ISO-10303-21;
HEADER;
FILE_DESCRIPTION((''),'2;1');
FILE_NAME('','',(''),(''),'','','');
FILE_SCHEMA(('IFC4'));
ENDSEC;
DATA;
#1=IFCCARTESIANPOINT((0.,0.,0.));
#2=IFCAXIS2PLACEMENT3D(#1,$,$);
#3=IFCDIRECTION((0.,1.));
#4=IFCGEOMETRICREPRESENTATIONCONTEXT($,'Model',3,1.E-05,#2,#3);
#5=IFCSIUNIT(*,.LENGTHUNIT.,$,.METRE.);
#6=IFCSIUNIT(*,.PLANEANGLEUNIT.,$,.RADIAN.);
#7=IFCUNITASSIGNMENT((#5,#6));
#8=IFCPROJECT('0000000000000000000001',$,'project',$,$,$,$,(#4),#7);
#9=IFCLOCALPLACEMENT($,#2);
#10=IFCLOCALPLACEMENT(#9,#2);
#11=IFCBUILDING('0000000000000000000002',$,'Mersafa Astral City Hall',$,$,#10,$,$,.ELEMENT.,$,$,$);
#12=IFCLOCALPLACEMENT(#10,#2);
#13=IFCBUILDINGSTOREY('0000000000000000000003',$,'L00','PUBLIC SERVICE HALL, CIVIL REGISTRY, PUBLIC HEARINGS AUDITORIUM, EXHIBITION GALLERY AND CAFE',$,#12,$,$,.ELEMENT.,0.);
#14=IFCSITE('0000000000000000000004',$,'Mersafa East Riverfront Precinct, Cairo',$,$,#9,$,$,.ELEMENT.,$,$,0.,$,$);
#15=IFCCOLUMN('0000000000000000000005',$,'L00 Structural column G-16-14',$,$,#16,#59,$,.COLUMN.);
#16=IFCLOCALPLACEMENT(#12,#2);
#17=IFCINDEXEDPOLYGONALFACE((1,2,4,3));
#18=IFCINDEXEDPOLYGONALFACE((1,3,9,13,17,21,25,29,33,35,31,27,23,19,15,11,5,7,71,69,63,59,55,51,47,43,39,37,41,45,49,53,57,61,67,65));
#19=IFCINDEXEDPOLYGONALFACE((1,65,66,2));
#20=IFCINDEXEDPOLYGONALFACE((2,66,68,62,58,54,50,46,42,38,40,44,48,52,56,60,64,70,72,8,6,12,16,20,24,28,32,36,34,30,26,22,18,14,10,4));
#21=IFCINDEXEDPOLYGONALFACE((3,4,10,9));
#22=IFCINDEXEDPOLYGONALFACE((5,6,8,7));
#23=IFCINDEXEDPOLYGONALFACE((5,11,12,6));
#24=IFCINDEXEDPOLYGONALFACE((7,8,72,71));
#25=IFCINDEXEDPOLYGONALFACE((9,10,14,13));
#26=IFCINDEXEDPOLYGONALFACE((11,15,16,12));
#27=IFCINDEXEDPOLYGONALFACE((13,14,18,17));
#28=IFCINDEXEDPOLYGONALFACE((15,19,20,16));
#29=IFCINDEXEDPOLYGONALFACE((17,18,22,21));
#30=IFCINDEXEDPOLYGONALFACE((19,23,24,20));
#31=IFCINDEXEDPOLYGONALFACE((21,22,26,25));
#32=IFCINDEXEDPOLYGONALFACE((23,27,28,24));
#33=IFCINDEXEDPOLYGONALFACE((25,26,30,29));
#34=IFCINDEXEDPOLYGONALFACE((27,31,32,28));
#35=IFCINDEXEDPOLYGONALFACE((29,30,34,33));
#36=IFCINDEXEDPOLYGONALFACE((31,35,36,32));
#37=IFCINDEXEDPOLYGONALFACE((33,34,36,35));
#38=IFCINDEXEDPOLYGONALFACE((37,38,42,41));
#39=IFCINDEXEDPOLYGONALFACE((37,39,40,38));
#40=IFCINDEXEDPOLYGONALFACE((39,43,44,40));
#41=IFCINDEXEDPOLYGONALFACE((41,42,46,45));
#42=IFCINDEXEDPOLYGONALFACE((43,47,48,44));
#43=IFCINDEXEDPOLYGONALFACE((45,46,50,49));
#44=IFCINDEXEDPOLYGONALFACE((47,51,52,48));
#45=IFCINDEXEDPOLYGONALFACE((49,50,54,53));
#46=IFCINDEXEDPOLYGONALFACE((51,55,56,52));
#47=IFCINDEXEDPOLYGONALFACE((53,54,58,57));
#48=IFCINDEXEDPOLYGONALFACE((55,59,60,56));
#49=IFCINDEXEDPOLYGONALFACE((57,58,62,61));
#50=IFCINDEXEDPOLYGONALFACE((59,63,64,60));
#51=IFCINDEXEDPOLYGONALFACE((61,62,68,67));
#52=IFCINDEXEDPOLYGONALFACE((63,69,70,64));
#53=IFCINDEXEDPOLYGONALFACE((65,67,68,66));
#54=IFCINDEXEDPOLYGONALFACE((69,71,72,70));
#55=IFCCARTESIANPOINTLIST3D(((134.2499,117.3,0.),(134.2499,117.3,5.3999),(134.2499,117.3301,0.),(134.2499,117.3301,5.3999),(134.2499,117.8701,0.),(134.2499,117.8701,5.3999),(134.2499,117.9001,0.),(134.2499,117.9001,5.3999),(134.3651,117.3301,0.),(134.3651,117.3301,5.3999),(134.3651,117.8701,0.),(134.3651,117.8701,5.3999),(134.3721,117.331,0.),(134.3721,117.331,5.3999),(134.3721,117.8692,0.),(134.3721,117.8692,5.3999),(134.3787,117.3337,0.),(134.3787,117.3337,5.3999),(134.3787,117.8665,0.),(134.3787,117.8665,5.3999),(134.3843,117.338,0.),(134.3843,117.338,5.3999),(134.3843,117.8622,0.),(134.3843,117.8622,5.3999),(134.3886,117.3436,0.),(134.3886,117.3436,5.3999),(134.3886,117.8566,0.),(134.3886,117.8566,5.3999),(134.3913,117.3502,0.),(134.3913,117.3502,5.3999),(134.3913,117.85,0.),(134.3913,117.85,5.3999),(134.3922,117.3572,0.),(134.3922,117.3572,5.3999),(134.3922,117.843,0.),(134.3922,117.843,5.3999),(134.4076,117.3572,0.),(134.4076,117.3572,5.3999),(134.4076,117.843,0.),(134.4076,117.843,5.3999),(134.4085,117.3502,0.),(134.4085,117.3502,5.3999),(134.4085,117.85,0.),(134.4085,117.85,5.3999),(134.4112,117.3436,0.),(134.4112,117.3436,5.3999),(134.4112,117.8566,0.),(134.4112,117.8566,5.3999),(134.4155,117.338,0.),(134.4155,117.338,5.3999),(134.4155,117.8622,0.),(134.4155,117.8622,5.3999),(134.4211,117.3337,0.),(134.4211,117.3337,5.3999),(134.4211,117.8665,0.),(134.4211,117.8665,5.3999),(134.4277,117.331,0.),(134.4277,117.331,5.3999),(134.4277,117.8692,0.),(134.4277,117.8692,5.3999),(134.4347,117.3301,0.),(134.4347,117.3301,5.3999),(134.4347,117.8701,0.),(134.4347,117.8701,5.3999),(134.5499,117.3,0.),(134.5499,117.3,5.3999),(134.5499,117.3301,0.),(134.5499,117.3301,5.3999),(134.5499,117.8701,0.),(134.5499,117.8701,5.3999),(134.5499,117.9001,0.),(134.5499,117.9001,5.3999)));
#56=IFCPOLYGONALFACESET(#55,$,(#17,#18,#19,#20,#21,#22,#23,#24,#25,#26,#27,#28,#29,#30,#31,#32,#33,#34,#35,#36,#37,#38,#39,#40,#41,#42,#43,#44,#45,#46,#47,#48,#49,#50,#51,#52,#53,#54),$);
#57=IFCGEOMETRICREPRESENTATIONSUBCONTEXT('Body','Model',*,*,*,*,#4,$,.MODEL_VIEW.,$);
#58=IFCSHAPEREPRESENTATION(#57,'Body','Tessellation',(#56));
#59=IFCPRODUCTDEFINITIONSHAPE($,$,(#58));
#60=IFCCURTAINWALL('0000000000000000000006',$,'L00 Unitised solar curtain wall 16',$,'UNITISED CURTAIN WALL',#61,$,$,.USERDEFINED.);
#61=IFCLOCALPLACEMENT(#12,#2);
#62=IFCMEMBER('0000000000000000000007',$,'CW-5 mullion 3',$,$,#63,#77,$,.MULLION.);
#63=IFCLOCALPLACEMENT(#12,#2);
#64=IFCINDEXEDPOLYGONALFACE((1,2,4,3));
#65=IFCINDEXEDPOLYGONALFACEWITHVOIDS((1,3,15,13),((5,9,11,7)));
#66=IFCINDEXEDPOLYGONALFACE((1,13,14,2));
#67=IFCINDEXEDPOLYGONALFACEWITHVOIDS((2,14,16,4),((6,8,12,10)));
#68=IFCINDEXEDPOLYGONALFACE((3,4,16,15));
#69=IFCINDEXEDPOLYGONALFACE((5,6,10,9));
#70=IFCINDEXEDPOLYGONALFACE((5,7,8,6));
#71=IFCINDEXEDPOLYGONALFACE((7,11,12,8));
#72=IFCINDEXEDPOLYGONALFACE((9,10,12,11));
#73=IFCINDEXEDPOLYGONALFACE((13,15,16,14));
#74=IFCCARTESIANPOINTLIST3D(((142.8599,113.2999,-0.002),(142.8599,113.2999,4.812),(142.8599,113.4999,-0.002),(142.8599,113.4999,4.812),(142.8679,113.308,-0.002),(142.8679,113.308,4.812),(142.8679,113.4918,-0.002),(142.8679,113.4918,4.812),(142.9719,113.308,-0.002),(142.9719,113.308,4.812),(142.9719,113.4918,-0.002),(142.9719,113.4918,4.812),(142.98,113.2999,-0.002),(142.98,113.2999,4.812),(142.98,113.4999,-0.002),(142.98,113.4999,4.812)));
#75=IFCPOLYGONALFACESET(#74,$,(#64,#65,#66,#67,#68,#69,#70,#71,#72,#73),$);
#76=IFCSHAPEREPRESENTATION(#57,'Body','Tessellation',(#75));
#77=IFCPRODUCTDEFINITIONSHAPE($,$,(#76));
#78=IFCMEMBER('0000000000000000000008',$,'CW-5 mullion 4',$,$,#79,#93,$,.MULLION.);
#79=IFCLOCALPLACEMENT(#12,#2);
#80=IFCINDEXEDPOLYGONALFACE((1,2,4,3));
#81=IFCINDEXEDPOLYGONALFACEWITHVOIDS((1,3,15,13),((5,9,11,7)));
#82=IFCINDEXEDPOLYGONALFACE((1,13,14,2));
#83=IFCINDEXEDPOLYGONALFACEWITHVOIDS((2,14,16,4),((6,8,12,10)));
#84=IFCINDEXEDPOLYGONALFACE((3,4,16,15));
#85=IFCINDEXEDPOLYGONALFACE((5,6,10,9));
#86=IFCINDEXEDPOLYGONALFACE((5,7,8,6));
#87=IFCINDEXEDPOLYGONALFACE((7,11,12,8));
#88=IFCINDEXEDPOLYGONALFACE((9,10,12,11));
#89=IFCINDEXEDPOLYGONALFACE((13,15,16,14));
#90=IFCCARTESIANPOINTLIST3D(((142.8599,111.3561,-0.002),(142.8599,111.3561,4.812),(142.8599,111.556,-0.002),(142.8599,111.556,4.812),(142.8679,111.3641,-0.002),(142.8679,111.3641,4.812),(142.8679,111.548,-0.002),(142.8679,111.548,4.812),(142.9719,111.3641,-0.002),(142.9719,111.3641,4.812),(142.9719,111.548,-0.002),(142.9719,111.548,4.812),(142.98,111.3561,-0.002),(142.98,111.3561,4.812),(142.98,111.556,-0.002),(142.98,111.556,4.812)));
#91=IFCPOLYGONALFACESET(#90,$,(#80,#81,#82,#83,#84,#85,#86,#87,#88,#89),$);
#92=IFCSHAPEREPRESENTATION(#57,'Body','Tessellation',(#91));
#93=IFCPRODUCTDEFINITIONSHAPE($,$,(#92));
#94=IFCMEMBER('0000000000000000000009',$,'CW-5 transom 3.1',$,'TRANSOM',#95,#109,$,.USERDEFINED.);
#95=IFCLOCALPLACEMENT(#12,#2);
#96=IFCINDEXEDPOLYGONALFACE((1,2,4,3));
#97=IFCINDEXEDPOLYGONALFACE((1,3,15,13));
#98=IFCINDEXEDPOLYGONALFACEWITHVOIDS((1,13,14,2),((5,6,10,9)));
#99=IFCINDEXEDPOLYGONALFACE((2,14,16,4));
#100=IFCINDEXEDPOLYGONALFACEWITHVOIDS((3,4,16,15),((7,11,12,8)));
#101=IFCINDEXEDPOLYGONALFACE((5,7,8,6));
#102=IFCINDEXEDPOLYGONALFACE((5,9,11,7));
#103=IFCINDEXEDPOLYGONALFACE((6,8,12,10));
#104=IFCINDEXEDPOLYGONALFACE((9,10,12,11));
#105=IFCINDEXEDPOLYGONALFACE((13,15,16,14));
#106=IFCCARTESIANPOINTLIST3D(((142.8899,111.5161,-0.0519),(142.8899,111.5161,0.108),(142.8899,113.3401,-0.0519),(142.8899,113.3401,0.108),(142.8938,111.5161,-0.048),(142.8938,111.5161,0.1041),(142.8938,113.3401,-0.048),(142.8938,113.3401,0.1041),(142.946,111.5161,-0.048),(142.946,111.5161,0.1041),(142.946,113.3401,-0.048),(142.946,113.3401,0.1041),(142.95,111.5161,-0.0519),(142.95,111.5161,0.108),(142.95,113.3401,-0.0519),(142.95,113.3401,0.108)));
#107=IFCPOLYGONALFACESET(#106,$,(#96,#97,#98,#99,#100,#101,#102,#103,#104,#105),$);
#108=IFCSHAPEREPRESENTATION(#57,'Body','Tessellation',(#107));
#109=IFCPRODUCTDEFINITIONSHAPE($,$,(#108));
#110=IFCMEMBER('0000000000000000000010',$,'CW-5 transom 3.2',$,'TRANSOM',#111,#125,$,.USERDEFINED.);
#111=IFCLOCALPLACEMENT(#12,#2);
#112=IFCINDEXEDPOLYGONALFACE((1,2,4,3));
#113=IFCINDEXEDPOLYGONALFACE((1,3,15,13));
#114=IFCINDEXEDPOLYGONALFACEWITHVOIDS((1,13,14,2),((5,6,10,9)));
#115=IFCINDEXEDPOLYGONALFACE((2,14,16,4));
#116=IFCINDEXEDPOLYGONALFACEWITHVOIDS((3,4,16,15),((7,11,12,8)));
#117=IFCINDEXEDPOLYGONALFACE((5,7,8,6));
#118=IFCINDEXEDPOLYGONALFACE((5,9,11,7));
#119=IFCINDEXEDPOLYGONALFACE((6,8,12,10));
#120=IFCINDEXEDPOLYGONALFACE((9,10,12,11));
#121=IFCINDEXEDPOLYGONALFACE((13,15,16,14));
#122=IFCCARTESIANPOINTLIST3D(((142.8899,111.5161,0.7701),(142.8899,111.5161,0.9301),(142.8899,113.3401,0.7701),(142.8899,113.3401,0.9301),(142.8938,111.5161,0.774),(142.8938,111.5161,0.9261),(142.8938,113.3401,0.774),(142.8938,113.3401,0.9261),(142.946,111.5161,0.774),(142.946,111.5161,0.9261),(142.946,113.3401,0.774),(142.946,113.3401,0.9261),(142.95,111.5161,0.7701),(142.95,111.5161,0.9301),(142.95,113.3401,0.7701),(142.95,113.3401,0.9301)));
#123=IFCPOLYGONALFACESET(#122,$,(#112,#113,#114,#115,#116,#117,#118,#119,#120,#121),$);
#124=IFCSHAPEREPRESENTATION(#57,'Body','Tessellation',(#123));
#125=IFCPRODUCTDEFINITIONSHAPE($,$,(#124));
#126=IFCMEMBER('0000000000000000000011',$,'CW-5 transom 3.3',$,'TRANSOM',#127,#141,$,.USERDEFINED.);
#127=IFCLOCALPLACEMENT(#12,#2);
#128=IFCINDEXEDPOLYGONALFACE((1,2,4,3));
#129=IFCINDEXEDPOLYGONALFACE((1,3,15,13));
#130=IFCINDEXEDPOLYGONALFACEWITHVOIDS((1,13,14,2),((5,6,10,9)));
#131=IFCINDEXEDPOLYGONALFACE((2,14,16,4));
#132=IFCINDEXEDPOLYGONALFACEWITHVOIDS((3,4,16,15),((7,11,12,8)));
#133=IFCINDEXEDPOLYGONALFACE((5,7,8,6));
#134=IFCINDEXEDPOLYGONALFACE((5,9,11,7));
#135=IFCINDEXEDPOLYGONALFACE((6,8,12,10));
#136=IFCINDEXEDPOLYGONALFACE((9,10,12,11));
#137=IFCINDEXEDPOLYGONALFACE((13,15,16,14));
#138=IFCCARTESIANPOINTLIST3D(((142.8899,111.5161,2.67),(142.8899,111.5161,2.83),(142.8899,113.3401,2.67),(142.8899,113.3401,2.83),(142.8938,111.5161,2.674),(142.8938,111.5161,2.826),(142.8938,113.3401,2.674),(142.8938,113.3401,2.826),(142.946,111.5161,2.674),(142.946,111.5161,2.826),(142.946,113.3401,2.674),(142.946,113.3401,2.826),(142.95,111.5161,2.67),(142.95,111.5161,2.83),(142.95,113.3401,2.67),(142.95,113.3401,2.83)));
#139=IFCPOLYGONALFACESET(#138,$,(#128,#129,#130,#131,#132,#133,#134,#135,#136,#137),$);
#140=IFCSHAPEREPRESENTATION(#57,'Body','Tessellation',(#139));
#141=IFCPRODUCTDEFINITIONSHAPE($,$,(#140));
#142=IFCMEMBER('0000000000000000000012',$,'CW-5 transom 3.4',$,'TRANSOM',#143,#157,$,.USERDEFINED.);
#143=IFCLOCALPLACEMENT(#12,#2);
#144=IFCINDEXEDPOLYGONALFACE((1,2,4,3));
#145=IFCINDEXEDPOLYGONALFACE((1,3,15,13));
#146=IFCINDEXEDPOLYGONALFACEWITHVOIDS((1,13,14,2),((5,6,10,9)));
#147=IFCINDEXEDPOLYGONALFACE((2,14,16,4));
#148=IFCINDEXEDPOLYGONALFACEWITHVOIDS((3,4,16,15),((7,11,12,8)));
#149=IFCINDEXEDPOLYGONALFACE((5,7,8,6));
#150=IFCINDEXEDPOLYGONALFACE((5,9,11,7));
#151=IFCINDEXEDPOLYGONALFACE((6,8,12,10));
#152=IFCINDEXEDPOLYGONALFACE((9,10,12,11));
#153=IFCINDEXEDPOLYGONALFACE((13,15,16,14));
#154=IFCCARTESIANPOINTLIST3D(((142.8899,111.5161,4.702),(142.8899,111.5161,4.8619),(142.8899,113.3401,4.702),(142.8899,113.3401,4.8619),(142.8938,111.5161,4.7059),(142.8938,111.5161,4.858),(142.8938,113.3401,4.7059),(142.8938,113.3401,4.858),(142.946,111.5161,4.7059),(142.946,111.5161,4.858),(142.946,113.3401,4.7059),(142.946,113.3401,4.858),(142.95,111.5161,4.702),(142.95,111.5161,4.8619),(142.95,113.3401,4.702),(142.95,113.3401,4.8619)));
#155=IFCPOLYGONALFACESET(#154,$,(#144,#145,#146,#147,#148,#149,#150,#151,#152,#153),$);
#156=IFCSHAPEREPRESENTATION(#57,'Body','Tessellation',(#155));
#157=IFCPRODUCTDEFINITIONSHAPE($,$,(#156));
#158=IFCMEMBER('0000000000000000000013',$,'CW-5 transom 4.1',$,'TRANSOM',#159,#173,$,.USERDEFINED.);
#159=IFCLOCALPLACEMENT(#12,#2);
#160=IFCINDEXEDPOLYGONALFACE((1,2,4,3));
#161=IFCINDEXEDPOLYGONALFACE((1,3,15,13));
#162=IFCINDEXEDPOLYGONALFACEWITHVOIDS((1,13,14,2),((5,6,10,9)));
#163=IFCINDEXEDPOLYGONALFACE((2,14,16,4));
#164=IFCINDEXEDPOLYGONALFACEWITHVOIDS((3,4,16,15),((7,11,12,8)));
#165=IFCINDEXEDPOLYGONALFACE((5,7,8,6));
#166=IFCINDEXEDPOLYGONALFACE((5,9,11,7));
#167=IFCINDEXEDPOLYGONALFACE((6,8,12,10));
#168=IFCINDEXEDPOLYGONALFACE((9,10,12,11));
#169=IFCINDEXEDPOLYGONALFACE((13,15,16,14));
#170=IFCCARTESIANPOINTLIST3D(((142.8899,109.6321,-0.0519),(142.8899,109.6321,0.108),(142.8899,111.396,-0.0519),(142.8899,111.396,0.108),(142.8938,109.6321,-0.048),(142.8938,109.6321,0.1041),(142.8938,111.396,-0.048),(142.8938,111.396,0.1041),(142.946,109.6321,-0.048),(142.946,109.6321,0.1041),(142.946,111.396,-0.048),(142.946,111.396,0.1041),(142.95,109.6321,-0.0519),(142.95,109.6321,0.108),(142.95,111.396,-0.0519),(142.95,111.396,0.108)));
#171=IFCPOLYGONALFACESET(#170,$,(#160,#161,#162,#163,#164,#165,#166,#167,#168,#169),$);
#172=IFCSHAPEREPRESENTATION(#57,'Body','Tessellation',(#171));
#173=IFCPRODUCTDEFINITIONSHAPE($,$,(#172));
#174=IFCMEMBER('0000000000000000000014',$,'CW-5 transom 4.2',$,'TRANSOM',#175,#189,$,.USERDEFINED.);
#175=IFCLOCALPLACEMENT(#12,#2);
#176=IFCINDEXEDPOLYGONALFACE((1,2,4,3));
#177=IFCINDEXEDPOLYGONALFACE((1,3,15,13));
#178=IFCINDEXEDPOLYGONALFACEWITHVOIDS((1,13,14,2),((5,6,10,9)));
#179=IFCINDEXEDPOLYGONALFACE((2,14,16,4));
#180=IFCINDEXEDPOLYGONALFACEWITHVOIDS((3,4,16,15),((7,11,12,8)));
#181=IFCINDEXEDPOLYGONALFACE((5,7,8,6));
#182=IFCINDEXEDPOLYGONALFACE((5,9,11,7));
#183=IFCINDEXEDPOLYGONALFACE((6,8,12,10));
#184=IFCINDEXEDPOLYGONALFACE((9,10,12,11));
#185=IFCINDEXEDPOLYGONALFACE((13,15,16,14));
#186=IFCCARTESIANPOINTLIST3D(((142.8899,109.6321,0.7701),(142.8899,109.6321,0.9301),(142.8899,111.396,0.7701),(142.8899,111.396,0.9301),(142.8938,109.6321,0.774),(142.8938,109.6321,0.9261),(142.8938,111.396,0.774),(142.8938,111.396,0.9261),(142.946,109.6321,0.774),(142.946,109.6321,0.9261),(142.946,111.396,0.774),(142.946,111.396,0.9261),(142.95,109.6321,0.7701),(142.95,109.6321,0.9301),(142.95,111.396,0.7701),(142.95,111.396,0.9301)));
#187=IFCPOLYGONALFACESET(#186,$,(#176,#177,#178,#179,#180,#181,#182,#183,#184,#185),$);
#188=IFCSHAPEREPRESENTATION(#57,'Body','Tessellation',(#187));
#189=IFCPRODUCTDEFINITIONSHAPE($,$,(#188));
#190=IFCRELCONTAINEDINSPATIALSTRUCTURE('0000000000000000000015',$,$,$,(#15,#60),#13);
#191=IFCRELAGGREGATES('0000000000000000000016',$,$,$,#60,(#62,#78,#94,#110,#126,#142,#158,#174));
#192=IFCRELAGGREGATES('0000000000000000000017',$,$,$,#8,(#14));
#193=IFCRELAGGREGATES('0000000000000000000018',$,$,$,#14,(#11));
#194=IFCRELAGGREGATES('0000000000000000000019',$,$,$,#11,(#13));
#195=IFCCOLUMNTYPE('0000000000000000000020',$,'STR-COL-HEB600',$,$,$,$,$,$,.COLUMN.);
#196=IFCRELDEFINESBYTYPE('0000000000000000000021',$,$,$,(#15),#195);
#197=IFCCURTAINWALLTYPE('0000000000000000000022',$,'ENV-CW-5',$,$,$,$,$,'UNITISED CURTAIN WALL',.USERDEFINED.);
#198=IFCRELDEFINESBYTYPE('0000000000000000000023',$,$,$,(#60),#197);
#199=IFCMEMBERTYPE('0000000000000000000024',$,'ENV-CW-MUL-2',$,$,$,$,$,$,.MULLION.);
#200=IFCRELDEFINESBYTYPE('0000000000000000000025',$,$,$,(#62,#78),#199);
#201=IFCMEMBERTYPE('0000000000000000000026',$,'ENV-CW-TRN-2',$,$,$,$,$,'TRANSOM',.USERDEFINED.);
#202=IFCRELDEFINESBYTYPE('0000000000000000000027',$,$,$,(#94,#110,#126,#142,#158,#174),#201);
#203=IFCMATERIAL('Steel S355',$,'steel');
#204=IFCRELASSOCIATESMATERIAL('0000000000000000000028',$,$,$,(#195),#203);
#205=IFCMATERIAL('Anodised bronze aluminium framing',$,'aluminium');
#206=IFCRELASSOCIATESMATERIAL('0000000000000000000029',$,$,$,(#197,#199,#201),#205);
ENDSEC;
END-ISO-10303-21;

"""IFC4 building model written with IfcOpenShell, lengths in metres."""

from ifc_helpers import new_model, si_unit, direction, frame, origin, origin_2d, place, context, subcontext, project, spatial, hollow_rectangle, i_section, extrude, material, material_profile, profile_set, type_object, element, aggregate, save


model = new_model("IFC4")

# Units and contexts
model_context = context("Model", 3, precision=1e-05, world=origin(), true_north=direction((0.0, 1.0)))
body_context = subcontext(model_context, "Body", "Model", "MODEL_VIEW")
ifc_project = project(units=[si_unit("LENGTHUNIT", "METRE"), si_unit("PLANEANGLEUNIT", "RADIAN")], contexts=[model_context])

# Site, building, storey
site_placement = place(None, origin())
site = spatial("IfcSite", under=ifc_project, at=site_placement, Name="Mersafa East Riverfront Precinct, Cairo", CompositionType="ELEMENT", RefElevation=0.0)
building_placement = place(site_placement, origin())
building = spatial("IfcBuilding", under=site, at=building_placement, Name="Mersafa Astral City Hall", CompositionType="ELEMENT")
storey_placement = place(building_placement, origin())
storey = spatial("IfcBuildingStorey", under=building, at=storey_placement, Name="L00", Description="PUBLIC SERVICE HALL, CIVIL REGISTRY, PUBLIC HEARINGS AUDITORIUM, EXHIBITION GALLERY AND CAFE", CompositionType="ELEMENT", Elevation=0.0)

# Column
ifc_material_1 = material(Name="Steel S355", Category="steel")
ifc_material_profile_1 = material_profile(ifc_material_1, i_section(OverallWidth=0.3, OverallDepth=0.6001, WebThickness=0.0154, FlangeThickness=0.03, FilletRadius=0.0271, at=origin_2d()), Name="HEB 600")
ifc_profile_set_1 = profile_set([ifc_material_profile_1], Name="Steel S355")
column_type = type_object("IfcColumnType", Name="STR-COL-HEB600", PredefinedType="COLUMN", material=ifc_profile_set_1)
column_placement = place(storey_placement, frame((134.3999, 117.6001, 0.0), z_axis=(0.0, 0.0, 1.0), x_axis=(1.0, 0.0, 0.0)))
element("IfcColumn", 1, at=column_placement, inside=storey, type_object=column_type, Name="L00 Structural column G-16-14", PredefinedType="COLUMN", context=body_context, shape_type="SweptSolid", body=[
    extrude(i_section(OverallWidth=0.3, OverallDepth=0.6001, WebThickness=0.0154, FlangeThickness=0.03, FilletRadius=0.0271, at=origin_2d()), origin(), (0.0, 0.0, 1.0), 5.3999),
])

# Curtain wall, members
ifc_material_2 = material(Name="Anodised bronze aluminium framing", Category="aluminium")
curtain_wall_type = type_object("IfcCurtainWallType", Name="ENV-CW-5", ElementType="UNITISED CURTAIN WALL", PredefinedType="USERDEFINED", material=ifc_material_2)
curtain_wall_placement = place(storey_placement, origin())
curtain_wall = element("IfcCurtainWall", 2, at=curtain_wall_placement, inside=storey, type_object=curtain_wall_type, Name="L00 Unitised solar curtain wall 16", ObjectType="UNITISED CURTAIN WALL", PredefinedType="USERDEFINED")
ifc_material_profile_2 = material_profile(ifc_material_2, hollow_rectangle(XDim=0.1201, YDim=0.2, WallThickness=0.0081, at=origin_2d()), Name="RHS 120x200x8")
ifc_profile_set_2 = profile_set([ifc_material_profile_2], Name="Anodised bronze aluminium framing")
member_type_1 = type_object("IfcMemberType", Name="ENV-CW-MUL-2", PredefinedType="MULLION", material=ifc_profile_set_2)
member_1_placement = place(storey_placement, frame((142.9199, 113.3999, -0.002), z_axis=(0.0, 0.0, 1.0), x_axis=(1.0, 0.0, 0.0)))
member_1 = element("IfcMember", 3, at=member_1_placement, type_object=member_type_1, Name="CW-5 mullion 3", PredefinedType="MULLION", context=body_context, shape_type="SweptSolid", body=[
    extrude(hollow_rectangle(XDim=0.1201, YDim=0.2, WallThickness=0.0081, at=origin_2d()), origin(), (0.0, 0.0, 1.0), 4.814),
])
member_2_placement = place(storey_placement, frame((142.9199, 111.4561, -0.002), z_axis=(0.0, 0.0, 1.0), x_axis=(1.0, 0.0, 0.0)))
member_2 = element("IfcMember", 4, at=member_2_placement, type_object=member_type_1, Name="CW-5 mullion 4", PredefinedType="MULLION", context=body_context, shape_type="SweptSolid", body=[
    extrude(hollow_rectangle(XDim=0.1201, YDim=0.2, WallThickness=0.0081, at=origin_2d()), origin(), (0.0, 0.0, 1.0), 4.814),
])
ifc_material_profile_3 = material_profile(ifc_material_2, hollow_rectangle(XDim=0.0601, YDim=0.1599, WallThickness=0.0039, at=origin_2d()), Name="RHS 60x160x4")
ifc_profile_set_3 = profile_set([ifc_material_profile_3], Name="Anodised bronze aluminium framing")
member_type_2 = type_object("IfcMemberType", Name="ENV-CW-TRN-2", ElementType="TRANSOM", PredefinedType="USERDEFINED", material=ifc_profile_set_3)
member_3_placement = place(storey_placement, frame((142.9199, 113.3401, 0.0281), z_axis=(0.0, -1.0, 0.0), x_axis=(1.0, 0.0, 0.0)))
member_3 = element("IfcMember", 5, at=member_3_placement, type_object=member_type_2, Name="CW-5 transom 3.1", ObjectType="TRANSOM", PredefinedType="USERDEFINED", context=body_context, shape_type="SweptSolid", body=[
    extrude(hollow_rectangle(XDim=0.0601, YDim=0.1599, WallThickness=0.0039, at=origin_2d()), origin(), (0.0, 0.0, 1.0), 1.824),
])
member_4_placement = place(storey_placement, frame((142.9199, 113.3401, 0.8501), z_axis=(0.0, -1.0, 0.0), x_axis=(1.0, 0.0, 0.0)))
member_4 = element("IfcMember", 6, at=member_4_placement, type_object=member_type_2, Name="CW-5 transom 3.2", ObjectType="TRANSOM", PredefinedType="USERDEFINED", context=body_context, shape_type="SweptSolid", body=[
    extrude(hollow_rectangle(XDim=0.0601, YDim=0.1599, WallThickness=0.0039, at=origin_2d()), origin(), (0.0, 0.0, 1.0), 1.824),
])
member_5_placement = place(storey_placement, frame((142.9199, 113.3401, 2.75), z_axis=(0.0, -1.0, 0.0), x_axis=(1.0, 0.0, 0.0)))
member_5 = element("IfcMember", 7, at=member_5_placement, type_object=member_type_2, Name="CW-5 transom 3.3", ObjectType="TRANSOM", PredefinedType="USERDEFINED", context=body_context, shape_type="SweptSolid", body=[
    extrude(hollow_rectangle(XDim=0.0601, YDim=0.1599, WallThickness=0.0039, at=origin_2d()), origin(), (0.0, 0.0, 1.0), 1.824),
])
member_6_placement = place(storey_placement, frame((142.9199, 113.3401, 4.782), z_axis=(0.0, -1.0, 0.0), x_axis=(1.0, 0.0, 0.0)))
member_6 = element("IfcMember", 8, at=member_6_placement, type_object=member_type_2, Name="CW-5 transom 3.4", ObjectType="TRANSOM", PredefinedType="USERDEFINED", context=body_context, shape_type="SweptSolid", body=[
    extrude(hollow_rectangle(XDim=0.0601, YDim=0.1599, WallThickness=0.0039, at=origin_2d()), origin(), (0.0, 0.0, 1.0), 1.824),
])
member_7_placement = place(storey_placement, frame((142.9199, 111.396, 0.0281), z_axis=(0.0, -1.0, 0.0), x_axis=(1.0, 0.0, 0.0)))
member_7 = element("IfcMember", 9, at=member_7_placement, type_object=member_type_2, Name="CW-5 transom 4.1", ObjectType="TRANSOM", PredefinedType="USERDEFINED", context=body_context, shape_type="SweptSolid", body=[
    extrude(hollow_rectangle(XDim=0.0601, YDim=0.1599, WallThickness=0.0039, at=origin_2d()), origin(), (0.0, 0.0, 1.0), 1.7639),
])
member_8_placement = place(storey_placement, frame((142.9199, 111.396, 0.8501), z_axis=(0.0, -1.0, 0.0), x_axis=(1.0, 0.0, 0.0)))
member_8 = element("IfcMember", 10, at=member_8_placement, type_object=member_type_2, Name="CW-5 transom 4.2", ObjectType="TRANSOM", PredefinedType="USERDEFINED", context=body_context, shape_type="SweptSolid", body=[
    extrude(hollow_rectangle(XDim=0.0601, YDim=0.1599, WallThickness=0.0039, at=origin_2d()), origin(), (0.0, 0.0, 1.0), 1.7639),
])
aggregate(curtain_wall, [member_1, member_2, member_3, member_4, member_5, member_6, member_7, member_8])

save(model, "model.ifc")
